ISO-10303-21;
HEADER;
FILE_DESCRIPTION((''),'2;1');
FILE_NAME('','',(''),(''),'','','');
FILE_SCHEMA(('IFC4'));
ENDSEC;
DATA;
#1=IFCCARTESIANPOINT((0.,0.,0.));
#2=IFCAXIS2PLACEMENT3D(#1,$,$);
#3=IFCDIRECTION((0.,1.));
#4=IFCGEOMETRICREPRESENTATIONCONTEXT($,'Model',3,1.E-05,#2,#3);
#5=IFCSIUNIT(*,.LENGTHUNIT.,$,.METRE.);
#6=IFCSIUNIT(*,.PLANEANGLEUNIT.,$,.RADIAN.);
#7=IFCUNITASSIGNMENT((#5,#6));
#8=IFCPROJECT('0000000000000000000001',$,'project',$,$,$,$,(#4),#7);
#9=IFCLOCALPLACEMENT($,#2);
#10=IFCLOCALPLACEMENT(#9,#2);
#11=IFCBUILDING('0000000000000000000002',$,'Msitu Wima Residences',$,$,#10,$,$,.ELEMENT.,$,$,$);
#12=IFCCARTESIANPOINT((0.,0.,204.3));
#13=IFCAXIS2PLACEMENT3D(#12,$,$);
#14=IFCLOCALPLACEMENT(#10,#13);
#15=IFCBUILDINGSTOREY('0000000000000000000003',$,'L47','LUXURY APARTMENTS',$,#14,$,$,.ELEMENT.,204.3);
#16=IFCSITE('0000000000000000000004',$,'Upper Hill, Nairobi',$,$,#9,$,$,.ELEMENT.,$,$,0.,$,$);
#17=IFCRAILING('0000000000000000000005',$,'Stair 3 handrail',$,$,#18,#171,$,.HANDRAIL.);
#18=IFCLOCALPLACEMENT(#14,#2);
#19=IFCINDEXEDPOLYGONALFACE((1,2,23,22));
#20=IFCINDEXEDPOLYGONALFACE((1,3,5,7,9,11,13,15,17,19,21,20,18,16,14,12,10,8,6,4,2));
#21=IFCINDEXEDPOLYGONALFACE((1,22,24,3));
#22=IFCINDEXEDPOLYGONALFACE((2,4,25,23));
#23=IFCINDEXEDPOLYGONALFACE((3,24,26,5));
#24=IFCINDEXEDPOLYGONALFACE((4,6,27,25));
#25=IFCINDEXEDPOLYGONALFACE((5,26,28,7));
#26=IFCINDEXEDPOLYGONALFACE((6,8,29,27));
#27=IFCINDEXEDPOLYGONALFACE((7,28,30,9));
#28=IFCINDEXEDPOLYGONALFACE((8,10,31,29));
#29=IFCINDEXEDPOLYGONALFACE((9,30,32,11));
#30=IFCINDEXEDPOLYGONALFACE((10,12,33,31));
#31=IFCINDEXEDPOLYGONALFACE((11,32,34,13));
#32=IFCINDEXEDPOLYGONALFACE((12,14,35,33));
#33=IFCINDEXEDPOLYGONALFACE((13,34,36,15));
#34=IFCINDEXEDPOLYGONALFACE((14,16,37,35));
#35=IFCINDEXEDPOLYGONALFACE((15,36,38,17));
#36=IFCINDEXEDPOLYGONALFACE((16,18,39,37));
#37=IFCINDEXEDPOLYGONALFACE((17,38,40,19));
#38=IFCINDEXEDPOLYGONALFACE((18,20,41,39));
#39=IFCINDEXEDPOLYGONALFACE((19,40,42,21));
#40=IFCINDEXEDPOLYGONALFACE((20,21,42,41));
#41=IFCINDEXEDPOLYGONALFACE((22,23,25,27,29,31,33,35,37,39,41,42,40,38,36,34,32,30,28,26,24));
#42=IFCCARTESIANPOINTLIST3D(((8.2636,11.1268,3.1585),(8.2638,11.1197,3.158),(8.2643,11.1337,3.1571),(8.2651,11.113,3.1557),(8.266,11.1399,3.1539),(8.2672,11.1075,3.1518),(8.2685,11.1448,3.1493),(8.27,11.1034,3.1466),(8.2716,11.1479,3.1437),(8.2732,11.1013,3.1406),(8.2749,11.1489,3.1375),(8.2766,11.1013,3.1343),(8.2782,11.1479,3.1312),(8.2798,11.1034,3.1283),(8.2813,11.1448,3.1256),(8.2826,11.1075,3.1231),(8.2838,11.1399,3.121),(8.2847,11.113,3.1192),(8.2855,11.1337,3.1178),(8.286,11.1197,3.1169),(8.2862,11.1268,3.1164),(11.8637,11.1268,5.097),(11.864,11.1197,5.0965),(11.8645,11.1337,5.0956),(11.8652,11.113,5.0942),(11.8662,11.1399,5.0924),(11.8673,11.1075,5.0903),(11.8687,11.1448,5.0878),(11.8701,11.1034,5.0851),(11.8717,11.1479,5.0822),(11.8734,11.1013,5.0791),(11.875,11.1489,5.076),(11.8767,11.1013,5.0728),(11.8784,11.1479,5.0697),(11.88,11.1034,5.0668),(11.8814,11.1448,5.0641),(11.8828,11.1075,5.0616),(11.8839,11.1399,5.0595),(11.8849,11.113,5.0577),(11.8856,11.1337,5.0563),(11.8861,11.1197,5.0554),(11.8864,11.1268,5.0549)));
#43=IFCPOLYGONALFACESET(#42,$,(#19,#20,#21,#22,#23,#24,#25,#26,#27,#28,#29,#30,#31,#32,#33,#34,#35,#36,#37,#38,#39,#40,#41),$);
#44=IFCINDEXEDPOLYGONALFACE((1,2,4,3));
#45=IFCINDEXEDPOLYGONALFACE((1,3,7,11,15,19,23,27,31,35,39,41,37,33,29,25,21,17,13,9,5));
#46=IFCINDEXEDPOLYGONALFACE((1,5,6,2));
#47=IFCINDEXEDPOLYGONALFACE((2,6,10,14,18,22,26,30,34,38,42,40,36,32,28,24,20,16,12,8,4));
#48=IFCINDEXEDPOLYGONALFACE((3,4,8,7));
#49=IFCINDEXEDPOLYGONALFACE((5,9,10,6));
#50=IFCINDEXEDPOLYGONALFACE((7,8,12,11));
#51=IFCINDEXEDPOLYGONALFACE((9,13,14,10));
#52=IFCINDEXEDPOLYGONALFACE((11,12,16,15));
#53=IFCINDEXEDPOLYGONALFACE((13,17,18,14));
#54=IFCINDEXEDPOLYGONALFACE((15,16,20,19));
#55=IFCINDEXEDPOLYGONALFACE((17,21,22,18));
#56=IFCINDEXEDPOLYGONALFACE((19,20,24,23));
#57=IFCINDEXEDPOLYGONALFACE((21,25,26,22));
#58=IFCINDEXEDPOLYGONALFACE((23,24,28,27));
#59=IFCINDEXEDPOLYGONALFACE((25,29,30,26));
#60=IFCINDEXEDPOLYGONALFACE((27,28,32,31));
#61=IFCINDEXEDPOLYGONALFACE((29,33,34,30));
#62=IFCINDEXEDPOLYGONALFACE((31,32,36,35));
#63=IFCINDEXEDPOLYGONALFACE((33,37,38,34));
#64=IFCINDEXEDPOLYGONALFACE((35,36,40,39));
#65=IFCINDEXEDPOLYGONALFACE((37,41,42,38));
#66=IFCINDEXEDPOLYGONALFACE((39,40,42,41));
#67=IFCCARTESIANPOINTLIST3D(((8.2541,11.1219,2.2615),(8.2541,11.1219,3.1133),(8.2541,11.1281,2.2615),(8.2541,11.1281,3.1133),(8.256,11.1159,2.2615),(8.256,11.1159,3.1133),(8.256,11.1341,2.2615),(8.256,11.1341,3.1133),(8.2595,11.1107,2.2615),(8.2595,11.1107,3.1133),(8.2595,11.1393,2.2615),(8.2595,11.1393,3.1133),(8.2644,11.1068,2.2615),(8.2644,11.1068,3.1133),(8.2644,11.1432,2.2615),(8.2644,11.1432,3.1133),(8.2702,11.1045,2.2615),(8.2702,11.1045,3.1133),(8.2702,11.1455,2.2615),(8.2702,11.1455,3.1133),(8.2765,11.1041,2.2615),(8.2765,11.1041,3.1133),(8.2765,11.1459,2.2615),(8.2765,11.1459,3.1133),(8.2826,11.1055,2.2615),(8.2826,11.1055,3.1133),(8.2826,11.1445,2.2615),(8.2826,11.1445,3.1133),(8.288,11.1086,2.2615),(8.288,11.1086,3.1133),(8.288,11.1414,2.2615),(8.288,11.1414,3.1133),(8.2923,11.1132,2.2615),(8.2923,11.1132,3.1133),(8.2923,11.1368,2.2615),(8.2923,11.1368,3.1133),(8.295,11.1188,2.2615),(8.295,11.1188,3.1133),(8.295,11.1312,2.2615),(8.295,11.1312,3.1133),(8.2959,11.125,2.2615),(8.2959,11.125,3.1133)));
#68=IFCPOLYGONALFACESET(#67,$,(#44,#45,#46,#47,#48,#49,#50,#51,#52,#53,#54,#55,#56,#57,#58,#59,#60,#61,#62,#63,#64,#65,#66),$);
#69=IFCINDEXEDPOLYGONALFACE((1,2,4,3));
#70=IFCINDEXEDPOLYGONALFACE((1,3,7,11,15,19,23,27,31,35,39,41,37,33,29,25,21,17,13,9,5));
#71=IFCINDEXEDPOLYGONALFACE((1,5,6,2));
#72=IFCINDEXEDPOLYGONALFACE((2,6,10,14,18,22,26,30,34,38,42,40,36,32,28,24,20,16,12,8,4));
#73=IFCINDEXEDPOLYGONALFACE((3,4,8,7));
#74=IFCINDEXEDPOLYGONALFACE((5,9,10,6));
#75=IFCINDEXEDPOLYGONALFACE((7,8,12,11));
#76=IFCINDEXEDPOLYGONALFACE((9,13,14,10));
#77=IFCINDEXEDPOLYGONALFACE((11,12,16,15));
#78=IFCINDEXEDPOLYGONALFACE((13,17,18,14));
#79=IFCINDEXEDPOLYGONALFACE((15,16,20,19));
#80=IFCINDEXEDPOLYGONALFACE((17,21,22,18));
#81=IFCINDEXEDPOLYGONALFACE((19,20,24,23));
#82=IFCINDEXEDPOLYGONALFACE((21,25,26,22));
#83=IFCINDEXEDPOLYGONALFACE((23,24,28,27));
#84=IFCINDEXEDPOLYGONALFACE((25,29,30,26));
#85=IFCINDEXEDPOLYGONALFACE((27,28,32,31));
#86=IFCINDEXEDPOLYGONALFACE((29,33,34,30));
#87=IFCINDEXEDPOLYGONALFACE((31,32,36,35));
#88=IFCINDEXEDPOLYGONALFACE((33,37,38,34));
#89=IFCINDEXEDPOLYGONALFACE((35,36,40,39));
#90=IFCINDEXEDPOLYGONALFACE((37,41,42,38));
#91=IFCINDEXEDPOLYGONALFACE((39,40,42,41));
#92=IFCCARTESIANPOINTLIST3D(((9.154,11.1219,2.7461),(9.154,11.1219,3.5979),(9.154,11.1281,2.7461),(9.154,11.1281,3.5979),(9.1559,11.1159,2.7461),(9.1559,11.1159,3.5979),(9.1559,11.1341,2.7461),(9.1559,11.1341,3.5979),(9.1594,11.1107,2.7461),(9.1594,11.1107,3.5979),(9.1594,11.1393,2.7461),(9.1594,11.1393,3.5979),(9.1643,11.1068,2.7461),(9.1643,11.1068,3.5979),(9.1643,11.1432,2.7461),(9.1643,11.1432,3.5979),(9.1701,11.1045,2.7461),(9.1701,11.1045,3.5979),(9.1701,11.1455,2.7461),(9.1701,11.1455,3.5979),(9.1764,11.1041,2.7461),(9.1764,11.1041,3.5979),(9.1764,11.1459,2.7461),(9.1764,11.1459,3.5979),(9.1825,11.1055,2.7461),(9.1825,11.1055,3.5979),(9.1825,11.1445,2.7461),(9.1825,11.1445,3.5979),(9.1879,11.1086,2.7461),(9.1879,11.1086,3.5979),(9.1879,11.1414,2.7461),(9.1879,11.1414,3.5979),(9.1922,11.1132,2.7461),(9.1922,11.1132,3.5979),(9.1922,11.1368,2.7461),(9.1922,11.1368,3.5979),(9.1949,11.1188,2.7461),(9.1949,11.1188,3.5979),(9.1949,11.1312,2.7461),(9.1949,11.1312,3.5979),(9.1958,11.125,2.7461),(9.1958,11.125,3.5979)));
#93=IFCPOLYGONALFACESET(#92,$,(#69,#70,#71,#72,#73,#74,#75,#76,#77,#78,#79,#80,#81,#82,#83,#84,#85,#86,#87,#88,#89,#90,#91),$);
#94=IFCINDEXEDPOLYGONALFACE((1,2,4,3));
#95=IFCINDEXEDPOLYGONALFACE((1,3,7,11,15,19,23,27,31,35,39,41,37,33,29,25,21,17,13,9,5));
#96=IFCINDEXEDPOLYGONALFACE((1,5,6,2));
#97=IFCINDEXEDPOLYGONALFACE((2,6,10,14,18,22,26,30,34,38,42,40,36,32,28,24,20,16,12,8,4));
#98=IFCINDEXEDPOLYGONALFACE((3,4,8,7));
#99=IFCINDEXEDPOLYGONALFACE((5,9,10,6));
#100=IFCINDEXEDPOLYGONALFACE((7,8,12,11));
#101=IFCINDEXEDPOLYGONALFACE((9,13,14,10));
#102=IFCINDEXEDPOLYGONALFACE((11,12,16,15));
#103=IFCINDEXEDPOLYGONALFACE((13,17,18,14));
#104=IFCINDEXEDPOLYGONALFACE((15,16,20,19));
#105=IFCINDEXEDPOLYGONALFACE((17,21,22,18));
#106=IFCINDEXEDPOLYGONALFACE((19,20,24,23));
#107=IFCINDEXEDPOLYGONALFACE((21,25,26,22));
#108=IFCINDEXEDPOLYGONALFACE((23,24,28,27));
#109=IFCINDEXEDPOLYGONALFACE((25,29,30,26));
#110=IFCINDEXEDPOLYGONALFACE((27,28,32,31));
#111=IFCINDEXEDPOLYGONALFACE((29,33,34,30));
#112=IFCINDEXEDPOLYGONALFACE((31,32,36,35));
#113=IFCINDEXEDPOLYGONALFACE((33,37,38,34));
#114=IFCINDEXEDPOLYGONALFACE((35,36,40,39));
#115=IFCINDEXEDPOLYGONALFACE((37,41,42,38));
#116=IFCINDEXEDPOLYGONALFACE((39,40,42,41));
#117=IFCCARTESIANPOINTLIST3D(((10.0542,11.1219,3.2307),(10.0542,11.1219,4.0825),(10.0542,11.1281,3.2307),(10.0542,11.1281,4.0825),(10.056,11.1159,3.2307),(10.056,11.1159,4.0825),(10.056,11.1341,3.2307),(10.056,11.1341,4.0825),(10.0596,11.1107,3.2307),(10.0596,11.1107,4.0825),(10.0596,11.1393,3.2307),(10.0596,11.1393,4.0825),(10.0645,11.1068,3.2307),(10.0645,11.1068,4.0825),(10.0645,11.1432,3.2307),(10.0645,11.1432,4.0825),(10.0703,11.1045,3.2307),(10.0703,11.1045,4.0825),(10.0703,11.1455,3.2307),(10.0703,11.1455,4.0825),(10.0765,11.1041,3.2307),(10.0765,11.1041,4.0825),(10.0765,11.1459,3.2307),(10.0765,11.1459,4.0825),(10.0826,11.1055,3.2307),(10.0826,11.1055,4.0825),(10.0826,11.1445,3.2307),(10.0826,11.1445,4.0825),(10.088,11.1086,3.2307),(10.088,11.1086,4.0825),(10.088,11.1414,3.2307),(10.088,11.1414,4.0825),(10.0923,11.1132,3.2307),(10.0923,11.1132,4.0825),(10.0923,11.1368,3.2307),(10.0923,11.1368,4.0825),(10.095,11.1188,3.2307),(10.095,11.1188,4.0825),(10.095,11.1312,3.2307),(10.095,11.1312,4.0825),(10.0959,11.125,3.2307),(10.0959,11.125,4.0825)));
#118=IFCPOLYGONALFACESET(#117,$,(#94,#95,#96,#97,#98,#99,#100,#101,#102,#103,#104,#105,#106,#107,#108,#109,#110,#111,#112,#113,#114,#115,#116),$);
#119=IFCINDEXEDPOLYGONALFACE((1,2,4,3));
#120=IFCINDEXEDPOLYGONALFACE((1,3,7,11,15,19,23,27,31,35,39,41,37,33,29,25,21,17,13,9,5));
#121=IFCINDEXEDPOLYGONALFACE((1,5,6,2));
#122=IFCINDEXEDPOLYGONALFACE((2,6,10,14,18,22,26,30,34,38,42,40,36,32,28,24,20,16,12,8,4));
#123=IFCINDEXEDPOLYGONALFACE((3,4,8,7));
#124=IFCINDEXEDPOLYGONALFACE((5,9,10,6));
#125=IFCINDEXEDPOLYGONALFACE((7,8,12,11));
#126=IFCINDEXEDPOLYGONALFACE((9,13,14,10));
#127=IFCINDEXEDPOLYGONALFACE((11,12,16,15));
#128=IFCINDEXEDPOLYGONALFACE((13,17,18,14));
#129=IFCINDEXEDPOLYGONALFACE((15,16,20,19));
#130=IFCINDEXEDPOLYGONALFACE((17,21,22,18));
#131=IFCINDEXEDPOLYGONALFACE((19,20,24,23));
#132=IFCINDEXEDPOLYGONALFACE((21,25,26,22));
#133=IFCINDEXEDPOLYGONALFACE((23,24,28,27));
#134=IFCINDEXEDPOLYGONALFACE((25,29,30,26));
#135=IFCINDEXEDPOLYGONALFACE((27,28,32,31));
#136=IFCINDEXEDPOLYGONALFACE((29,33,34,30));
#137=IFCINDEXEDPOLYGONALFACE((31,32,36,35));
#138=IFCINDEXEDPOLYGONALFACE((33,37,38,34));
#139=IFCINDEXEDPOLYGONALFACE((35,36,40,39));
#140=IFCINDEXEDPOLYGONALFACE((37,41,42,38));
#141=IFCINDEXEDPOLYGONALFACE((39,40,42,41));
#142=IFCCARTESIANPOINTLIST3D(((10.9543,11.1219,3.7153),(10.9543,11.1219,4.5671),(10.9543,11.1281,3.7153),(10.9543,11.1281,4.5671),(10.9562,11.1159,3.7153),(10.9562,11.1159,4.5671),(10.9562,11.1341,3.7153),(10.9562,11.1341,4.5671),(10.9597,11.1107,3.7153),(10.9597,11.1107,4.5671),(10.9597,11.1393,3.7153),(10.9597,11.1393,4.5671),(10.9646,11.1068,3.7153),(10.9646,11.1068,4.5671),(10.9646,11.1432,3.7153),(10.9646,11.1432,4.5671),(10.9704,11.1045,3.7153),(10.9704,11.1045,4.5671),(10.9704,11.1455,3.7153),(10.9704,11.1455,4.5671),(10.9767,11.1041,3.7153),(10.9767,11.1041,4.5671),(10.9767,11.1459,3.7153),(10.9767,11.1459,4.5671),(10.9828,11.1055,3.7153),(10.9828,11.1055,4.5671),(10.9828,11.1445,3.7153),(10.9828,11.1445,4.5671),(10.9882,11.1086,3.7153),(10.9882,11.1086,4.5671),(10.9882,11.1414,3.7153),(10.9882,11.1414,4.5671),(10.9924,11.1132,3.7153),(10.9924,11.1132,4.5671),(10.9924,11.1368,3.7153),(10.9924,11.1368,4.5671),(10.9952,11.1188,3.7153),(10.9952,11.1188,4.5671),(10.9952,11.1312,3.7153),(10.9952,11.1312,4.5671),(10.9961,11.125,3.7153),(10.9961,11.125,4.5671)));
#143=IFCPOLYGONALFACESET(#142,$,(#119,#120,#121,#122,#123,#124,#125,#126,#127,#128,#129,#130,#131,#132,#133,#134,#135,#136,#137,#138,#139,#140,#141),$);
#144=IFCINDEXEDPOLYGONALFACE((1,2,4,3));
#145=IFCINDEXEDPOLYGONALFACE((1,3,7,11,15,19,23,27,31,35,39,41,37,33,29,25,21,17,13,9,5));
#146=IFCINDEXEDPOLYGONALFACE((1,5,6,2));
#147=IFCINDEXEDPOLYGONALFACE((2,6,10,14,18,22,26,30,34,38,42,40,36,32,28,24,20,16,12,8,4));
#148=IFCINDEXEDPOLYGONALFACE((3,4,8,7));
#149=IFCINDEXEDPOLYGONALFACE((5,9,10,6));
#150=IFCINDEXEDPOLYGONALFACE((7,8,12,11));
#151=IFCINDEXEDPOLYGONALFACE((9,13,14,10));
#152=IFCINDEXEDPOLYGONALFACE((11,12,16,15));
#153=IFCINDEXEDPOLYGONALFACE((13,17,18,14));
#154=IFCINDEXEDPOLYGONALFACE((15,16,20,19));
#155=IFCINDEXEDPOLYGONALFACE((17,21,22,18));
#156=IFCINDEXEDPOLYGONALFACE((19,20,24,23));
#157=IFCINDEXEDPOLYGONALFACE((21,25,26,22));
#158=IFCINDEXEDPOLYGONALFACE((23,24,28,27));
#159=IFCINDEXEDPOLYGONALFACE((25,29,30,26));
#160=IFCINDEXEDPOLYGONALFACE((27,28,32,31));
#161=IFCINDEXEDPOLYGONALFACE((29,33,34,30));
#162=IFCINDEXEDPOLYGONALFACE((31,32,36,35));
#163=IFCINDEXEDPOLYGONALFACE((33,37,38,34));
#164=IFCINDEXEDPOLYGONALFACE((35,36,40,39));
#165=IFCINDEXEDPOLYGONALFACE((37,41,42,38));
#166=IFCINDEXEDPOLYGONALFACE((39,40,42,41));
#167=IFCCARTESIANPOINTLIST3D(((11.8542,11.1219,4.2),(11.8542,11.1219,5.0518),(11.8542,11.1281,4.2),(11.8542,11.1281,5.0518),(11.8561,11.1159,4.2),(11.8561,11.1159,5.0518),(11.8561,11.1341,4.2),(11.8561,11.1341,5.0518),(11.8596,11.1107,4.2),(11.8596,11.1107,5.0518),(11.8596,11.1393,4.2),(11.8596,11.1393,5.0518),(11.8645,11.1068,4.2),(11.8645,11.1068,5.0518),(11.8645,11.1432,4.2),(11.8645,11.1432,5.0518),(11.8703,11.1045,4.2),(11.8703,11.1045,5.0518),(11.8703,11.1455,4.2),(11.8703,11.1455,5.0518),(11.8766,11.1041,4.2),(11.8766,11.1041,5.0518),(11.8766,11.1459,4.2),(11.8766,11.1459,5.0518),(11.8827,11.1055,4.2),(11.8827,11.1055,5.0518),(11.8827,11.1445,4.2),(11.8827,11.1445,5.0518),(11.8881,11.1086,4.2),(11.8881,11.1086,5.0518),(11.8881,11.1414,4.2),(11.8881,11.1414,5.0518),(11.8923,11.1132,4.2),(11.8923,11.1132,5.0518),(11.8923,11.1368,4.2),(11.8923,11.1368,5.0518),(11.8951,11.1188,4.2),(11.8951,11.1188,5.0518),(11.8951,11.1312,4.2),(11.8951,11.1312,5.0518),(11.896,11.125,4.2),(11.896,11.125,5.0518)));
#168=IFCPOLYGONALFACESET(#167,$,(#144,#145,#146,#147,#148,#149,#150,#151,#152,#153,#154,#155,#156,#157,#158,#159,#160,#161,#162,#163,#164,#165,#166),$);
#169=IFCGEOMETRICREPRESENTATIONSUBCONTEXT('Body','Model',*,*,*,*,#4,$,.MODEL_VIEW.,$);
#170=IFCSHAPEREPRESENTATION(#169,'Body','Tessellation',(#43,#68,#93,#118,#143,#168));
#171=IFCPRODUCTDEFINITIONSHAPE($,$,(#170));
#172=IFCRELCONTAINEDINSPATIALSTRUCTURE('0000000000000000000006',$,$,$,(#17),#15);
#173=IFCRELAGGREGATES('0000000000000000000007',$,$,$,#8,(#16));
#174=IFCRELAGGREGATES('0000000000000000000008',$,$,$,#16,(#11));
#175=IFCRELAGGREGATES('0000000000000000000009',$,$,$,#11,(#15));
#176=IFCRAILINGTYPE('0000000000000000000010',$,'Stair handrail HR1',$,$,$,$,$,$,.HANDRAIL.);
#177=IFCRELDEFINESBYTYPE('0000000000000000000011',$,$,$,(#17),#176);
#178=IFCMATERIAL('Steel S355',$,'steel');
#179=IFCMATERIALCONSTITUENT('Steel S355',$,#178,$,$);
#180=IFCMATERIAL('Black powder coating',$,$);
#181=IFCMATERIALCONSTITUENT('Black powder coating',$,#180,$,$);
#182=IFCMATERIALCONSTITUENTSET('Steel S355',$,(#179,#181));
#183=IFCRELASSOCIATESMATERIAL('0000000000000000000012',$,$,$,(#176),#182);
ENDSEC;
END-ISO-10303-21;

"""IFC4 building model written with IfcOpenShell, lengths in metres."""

from ifc_helpers import new_model, si_unit, direction, frame, origin, origin_2d, place, context, subcontext, project, spatial, circle, extrude, material, constituent, constituent_set, type_object, element, save


model = new_model("IFC4")

# Units and contexts
model_context = context("Model", 3, precision=1e-05, world=origin(), true_north=direction((0.0, 1.0)))
body_context = subcontext(model_context, "Body", "Model", "MODEL_VIEW")
ifc_project = project(units=[si_unit("LENGTHUNIT", "METRE"), si_unit("PLANEANGLEUNIT", "RADIAN")], contexts=[model_context])

# Site, building, storey
site_placement = place(None, origin())
site = spatial("IfcSite", under=ifc_project, at=site_placement, Name="Upper Hill, Nairobi", CompositionType="ELEMENT", RefElevation=0.0)
building_placement = place(site_placement, origin())
building = spatial("IfcBuilding", under=site, at=building_placement, Name="Msitu Wima Residences", CompositionType="ELEMENT")
storey_placement = place(building_placement, frame((0.0, 0.0, 204.3)))
storey = spatial("IfcBuildingStorey", under=building, at=storey_placement, Name="L47", Description="LUXURY APARTMENTS", CompositionType="ELEMENT", Elevation=204.3)

# Railing
ifc_material_1 = material(Name="Steel S355", Category="steel")
ifc_constituent_1 = constituent(ifc_material_1, Name="Steel S355")
ifc_material_2 = material(Name="Black powder coating")
ifc_constituent_2 = constituent(ifc_material_2, Name="Black powder coating")
ifc_constituent_set = constituent_set(constituents=[ifc_constituent_1, ifc_constituent_2], Name="Steel S355")
railing_type = type_object("IfcRailingType", Name="Stair handrail HR1", PredefinedType="HANDRAIL", material=ifc_constituent_set)
for number, where, name in (
    (1, (8.2749, 11.125, 2.2615), "Stair 3 handrail"),
):
    element("IfcRailing", number, at=place(storey_placement, frame(where)), inside=storey, type_object=railing_type, Name=name, PredefinedType="HANDRAIL", context=body_context, shape_type="SweptSolid", body=[
        extrude(circle(Radius=0.0239, at=origin_2d()), frame((0.0, 0.0, 0.876), z_axis=(0.880475, 0.0, 0.474093), x_axis=(0.0, 1.0, 0.0)), (0.0, 0.0, 1.0), 4.0889),
        extrude(circle(Radius=0.021, at=origin_2d()), origin(), (0.0, 0.0, 1.0), 0.8518),
        extrude(circle(Radius=0.021, at=origin_2d()), frame((0.8999, 0.0, 0.4846)), (0.0, 0.0, 1.0), 0.8518),
        extrude(circle(Radius=0.021, at=origin_2d()), frame((1.8, 0.0, 0.9692)), (0.0, 0.0, 1.0), 0.8518),
        extrude(circle(Radius=0.021, at=origin_2d()), frame((2.7002, 0.0, 1.4539)), (0.0, 0.0, 1.0), 0.8518),
        extrude(circle(Radius=0.021, at=origin_2d()), frame((3.6001, 0.0, 1.9385)), (0.0, 0.0, 1.0), 0.8518),
    ])

save(model, "model.ifc")
